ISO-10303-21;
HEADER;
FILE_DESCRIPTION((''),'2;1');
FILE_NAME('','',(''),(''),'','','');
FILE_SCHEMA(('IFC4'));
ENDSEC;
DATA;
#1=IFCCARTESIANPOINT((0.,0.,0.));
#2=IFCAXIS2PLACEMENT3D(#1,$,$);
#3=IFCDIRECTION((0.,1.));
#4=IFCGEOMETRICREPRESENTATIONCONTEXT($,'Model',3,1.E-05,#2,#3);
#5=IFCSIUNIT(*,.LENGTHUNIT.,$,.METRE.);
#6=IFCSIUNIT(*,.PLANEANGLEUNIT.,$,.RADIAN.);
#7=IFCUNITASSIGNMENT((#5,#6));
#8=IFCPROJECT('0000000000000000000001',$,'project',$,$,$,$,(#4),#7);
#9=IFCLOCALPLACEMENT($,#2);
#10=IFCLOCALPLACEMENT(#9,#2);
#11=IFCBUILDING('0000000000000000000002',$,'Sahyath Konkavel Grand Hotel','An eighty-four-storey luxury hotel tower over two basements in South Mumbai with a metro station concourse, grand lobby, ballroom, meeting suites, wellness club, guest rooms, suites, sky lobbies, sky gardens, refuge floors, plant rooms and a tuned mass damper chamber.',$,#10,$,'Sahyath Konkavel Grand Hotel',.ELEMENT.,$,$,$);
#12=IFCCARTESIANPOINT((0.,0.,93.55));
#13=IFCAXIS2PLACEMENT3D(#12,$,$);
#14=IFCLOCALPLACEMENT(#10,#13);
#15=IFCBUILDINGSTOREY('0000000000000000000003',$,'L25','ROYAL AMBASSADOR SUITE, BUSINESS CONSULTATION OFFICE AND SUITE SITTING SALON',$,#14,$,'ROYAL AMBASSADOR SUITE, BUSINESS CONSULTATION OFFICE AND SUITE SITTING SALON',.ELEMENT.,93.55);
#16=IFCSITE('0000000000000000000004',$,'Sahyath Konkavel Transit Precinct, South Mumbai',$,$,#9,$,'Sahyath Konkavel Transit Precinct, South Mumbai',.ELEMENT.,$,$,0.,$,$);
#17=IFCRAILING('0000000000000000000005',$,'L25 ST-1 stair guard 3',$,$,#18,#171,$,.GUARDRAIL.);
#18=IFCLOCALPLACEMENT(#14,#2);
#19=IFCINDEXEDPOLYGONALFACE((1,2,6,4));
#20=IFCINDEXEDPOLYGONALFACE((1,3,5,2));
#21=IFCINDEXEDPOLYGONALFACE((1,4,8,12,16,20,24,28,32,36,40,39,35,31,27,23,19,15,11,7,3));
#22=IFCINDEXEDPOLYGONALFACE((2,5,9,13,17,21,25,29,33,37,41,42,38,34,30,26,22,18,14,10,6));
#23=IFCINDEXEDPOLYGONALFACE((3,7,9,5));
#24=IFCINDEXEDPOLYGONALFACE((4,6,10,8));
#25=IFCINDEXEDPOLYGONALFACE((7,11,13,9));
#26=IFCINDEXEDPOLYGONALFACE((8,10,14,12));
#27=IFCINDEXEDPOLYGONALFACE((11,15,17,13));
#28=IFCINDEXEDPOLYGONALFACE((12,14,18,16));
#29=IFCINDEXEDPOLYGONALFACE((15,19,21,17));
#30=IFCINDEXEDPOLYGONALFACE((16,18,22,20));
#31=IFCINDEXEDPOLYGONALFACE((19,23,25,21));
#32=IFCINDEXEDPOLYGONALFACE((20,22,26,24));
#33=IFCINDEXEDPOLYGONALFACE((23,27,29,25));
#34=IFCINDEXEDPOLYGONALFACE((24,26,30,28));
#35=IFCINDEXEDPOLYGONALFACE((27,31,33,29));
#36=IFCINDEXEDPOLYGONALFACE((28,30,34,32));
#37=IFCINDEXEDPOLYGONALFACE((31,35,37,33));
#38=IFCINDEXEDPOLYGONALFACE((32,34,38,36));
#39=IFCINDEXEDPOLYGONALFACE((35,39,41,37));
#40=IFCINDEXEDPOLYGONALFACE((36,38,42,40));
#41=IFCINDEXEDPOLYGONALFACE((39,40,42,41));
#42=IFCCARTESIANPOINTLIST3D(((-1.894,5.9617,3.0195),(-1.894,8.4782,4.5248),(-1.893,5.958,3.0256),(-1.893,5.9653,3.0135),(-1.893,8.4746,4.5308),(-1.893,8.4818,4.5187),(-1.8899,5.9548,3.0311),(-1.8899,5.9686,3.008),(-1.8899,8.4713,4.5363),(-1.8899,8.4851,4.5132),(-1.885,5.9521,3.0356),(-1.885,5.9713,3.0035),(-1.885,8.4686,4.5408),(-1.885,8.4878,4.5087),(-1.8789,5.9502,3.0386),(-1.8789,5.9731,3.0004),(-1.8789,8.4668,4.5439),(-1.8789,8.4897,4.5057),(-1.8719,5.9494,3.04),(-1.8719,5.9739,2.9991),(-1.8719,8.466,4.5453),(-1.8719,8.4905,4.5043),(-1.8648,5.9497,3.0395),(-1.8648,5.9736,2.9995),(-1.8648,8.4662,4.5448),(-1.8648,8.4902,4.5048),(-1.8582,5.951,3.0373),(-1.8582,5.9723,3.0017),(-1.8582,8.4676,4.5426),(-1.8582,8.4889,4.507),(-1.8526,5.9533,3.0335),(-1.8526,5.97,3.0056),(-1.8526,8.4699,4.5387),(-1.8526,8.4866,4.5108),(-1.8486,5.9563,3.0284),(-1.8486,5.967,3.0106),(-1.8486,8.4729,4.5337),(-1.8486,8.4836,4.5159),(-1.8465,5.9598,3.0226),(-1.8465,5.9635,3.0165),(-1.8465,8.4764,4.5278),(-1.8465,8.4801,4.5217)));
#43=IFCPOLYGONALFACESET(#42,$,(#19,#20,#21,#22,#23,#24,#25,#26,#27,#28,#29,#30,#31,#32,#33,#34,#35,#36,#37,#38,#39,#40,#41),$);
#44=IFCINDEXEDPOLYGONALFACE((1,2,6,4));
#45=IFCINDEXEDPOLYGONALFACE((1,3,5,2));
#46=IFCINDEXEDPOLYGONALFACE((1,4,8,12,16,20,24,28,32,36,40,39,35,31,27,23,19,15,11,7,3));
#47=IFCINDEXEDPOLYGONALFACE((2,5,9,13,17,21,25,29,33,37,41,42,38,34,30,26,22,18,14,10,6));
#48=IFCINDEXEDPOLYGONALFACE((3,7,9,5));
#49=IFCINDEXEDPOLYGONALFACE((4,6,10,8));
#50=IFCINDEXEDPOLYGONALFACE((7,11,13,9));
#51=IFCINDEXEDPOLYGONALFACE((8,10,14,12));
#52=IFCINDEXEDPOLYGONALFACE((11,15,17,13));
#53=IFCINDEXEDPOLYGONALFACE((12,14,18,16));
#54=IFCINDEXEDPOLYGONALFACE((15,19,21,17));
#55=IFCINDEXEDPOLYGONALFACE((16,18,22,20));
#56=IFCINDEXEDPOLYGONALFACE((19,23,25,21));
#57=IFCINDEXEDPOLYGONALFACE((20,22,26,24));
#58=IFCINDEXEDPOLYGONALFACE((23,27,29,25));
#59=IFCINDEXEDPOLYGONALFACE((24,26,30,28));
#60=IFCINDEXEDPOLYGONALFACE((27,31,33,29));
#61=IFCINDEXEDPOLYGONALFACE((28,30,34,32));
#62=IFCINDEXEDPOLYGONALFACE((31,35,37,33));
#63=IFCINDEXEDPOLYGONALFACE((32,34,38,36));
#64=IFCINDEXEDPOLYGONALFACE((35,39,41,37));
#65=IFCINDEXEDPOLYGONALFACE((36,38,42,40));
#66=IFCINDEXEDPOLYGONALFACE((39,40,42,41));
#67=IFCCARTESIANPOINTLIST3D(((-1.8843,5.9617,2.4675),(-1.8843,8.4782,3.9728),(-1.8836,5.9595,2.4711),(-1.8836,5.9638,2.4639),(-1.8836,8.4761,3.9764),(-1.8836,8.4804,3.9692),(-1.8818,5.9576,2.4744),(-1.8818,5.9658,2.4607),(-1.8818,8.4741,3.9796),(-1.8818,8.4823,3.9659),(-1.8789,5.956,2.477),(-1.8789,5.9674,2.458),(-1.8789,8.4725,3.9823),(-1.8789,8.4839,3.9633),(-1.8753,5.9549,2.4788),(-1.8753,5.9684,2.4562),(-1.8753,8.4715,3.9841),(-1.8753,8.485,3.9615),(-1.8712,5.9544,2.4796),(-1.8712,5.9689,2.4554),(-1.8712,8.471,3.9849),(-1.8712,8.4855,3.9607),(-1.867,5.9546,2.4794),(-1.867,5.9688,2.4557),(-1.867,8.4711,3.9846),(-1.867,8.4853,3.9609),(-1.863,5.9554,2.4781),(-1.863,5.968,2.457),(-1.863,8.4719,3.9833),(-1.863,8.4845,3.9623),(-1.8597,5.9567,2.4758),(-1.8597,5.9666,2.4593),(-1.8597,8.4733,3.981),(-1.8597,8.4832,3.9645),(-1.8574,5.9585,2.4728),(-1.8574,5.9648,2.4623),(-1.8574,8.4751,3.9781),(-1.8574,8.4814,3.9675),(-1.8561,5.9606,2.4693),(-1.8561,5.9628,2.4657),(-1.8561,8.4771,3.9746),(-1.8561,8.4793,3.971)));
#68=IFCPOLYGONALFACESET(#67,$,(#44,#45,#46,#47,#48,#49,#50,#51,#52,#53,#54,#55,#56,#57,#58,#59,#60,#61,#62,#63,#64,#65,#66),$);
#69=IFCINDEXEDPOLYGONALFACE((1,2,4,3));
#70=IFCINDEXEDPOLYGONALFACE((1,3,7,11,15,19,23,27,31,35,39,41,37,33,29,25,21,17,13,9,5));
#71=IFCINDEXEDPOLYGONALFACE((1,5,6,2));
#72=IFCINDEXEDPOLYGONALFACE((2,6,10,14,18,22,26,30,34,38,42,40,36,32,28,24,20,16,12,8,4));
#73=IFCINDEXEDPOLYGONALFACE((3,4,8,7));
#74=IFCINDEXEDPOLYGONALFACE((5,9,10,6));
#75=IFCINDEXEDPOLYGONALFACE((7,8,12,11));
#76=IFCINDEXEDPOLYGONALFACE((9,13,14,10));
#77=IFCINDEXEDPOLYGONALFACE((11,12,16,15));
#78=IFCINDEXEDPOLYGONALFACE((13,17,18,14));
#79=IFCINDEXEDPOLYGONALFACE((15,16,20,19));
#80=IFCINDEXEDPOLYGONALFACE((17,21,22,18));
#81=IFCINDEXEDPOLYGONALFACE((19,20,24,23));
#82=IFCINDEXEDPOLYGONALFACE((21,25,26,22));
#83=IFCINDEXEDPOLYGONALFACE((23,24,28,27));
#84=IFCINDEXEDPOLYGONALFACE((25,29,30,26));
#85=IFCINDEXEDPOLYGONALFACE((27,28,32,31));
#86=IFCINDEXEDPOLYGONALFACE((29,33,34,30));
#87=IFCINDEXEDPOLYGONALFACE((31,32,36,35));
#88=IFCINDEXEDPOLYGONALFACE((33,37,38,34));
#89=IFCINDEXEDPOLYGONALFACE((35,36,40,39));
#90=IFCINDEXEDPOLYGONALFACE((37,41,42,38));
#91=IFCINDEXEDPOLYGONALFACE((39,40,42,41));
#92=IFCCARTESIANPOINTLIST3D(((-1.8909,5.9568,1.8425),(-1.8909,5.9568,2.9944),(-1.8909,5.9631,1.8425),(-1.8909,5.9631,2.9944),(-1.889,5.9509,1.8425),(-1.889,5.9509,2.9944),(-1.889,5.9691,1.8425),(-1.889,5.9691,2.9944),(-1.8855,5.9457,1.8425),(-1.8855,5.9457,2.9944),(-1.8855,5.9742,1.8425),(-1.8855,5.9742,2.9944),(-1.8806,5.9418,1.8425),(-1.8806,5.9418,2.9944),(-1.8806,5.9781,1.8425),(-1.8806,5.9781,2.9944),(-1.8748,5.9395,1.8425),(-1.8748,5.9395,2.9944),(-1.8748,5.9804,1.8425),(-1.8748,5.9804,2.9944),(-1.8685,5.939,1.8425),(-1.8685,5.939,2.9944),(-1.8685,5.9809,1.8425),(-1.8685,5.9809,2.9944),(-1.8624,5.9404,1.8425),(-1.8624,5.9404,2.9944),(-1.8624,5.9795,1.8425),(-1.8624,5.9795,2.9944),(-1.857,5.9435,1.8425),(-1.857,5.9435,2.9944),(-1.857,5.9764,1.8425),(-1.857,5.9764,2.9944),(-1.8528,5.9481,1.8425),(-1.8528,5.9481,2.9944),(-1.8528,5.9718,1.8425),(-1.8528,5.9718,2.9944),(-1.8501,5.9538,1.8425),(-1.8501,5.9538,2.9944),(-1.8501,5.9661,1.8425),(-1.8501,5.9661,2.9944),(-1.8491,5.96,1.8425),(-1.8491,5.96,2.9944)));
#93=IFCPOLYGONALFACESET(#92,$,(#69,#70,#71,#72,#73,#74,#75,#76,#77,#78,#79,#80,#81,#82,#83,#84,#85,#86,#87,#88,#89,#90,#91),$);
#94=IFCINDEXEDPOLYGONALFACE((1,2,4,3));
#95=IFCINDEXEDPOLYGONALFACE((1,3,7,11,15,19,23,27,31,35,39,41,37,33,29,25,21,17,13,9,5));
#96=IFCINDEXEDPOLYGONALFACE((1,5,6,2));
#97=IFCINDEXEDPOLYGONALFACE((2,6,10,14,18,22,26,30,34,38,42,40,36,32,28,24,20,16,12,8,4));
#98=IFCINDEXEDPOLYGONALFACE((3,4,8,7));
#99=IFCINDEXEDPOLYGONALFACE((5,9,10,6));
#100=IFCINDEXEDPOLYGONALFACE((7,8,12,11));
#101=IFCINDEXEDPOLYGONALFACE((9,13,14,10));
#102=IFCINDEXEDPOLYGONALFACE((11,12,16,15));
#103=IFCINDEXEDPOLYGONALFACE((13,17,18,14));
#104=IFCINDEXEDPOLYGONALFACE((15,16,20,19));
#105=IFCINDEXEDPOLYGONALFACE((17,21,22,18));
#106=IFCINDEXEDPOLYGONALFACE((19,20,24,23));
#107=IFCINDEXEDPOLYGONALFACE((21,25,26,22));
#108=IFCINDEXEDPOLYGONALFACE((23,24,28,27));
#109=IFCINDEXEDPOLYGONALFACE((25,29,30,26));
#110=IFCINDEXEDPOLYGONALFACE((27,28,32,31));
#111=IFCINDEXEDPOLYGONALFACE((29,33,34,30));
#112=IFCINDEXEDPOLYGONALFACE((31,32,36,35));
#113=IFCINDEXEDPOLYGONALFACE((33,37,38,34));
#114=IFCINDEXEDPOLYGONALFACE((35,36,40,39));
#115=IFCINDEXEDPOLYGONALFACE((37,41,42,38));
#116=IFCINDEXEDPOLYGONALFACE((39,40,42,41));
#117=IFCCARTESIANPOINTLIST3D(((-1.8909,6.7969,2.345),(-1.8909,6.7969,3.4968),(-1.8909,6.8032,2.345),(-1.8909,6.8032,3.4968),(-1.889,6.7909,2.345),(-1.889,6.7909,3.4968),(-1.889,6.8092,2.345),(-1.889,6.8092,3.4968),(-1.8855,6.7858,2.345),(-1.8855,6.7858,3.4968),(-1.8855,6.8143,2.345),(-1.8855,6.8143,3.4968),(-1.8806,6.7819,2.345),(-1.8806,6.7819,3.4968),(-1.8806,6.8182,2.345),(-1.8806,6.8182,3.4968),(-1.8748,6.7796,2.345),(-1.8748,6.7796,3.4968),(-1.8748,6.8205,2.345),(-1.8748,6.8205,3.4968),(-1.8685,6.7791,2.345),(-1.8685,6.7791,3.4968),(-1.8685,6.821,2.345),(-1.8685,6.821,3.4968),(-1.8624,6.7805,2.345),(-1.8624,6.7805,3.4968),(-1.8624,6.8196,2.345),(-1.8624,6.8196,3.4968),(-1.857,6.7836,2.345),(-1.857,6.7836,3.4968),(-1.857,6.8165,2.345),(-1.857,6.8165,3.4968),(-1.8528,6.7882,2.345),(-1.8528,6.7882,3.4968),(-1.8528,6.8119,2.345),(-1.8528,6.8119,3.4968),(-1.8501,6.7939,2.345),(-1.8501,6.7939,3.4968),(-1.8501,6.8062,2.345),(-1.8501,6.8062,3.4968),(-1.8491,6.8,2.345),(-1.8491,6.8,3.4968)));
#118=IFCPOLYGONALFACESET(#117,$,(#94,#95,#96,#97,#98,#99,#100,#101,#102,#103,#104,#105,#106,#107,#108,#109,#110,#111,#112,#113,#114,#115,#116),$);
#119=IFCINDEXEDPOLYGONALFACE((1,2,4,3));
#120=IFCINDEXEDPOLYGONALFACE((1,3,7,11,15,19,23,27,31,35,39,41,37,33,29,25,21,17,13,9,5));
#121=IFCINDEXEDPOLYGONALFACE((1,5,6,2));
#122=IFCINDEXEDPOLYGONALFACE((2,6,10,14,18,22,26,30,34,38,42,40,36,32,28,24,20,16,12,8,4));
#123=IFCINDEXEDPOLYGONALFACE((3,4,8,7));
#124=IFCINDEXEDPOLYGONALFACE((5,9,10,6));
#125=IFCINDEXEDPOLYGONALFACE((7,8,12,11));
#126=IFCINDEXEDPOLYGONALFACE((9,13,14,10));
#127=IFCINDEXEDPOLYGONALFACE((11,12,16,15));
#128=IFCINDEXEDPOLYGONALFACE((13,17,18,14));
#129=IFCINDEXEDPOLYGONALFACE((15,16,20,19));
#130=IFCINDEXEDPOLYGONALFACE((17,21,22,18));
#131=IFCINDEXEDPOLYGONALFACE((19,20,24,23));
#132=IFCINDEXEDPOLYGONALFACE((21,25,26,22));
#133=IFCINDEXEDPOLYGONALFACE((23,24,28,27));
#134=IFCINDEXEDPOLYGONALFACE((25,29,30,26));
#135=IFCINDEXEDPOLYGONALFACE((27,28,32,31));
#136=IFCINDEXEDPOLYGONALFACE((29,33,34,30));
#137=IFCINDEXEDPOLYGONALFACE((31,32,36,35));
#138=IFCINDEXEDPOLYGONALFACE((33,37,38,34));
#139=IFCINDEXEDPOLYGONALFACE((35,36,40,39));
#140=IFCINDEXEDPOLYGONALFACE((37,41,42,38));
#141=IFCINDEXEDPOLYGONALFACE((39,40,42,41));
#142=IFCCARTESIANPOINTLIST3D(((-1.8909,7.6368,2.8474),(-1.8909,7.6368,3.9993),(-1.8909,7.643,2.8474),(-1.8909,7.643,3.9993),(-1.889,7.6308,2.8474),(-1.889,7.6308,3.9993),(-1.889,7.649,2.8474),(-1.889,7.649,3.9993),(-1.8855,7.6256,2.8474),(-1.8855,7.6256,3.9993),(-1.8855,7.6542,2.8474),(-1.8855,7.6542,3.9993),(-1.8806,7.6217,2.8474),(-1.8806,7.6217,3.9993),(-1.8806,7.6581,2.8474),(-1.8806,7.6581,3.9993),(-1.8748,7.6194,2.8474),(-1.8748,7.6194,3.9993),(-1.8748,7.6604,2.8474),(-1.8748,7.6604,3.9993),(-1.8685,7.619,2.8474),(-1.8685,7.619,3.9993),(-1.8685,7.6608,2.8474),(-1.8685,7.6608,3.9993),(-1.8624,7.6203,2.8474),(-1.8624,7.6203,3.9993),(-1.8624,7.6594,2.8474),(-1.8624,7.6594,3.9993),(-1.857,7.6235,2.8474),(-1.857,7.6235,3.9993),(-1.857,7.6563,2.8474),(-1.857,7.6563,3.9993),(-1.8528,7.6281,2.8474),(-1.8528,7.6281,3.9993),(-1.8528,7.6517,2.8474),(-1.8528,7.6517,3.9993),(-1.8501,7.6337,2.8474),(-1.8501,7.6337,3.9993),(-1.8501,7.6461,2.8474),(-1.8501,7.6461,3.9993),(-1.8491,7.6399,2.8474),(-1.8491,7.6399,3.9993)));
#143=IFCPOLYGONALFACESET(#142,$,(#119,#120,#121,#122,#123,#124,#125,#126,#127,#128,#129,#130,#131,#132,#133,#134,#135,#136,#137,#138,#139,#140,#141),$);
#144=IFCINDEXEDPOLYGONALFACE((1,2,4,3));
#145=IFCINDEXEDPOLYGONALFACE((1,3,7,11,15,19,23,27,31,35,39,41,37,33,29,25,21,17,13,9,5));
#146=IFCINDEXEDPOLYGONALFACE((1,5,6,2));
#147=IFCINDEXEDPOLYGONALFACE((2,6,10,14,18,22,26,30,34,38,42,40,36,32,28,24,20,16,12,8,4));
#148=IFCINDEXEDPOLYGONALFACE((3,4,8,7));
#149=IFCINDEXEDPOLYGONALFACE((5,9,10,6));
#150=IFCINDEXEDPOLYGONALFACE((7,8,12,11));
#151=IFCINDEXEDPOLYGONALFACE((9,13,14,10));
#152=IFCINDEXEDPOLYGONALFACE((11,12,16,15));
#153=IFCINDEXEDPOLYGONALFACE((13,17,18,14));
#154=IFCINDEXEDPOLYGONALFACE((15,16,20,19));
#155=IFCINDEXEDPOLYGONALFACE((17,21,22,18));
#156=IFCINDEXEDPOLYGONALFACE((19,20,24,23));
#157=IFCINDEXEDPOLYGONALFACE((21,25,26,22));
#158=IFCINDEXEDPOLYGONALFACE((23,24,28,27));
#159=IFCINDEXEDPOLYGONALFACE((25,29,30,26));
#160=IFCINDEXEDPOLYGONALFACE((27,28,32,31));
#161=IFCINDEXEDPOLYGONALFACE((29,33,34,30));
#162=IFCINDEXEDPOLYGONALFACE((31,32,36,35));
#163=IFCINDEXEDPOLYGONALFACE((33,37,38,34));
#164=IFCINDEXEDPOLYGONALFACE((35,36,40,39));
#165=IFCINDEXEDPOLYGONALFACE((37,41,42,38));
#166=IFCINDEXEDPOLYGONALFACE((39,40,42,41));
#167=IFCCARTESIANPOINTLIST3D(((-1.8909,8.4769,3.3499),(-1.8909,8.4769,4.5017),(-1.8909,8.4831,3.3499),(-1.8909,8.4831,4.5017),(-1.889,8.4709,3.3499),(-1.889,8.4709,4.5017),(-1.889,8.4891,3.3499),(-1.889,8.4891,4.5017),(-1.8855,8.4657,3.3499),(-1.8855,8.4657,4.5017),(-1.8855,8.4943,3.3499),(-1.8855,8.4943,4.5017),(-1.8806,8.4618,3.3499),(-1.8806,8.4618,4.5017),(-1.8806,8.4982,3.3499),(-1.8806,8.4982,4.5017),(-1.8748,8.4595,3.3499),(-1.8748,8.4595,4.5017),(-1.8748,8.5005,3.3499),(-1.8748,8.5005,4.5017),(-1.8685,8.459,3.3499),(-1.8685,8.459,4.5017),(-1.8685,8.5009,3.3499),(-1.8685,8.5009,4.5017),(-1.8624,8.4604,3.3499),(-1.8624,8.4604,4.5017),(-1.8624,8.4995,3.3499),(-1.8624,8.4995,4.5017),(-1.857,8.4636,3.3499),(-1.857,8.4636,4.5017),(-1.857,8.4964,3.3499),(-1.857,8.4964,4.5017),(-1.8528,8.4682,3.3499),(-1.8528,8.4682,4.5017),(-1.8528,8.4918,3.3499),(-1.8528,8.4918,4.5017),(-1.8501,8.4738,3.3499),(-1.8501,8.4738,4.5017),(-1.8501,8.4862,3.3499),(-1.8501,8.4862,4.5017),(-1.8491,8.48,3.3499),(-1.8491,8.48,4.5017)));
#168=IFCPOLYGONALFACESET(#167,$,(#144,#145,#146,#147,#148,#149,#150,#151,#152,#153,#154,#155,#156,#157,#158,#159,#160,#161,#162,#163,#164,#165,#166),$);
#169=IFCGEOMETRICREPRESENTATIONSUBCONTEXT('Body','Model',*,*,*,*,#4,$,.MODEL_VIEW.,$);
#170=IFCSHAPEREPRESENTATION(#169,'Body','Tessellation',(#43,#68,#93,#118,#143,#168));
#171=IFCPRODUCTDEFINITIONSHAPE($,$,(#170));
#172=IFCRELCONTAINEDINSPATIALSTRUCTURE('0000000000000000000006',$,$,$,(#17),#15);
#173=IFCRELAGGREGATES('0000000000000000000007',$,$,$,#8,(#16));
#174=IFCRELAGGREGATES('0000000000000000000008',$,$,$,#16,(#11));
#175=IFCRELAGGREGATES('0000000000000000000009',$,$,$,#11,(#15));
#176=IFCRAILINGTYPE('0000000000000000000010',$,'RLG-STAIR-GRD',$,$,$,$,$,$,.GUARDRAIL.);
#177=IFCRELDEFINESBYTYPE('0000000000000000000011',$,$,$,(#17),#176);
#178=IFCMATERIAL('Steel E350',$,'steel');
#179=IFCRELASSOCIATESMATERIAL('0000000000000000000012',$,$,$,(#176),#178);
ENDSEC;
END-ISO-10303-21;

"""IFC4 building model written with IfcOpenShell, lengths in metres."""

from ifc_helpers import new_model, si_unit, direction, frame, origin, origin_2d, place, context, subcontext, project, spatial, circle, extrude, material, type_object, element, save


model = new_model("IFC4")

# Units and contexts
model_context = context("Model", 3, precision=1e-05, world=origin(), true_north=direction((0.0, 1.0)))
body_context = subcontext(model_context, "Body", "Model", "MODEL_VIEW")
ifc_project = project(units=[si_unit("LENGTHUNIT", "METRE"), si_unit("PLANEANGLEUNIT", "RADIAN")], contexts=[model_context])

# Site, building, storey
site_placement = place(None, origin())
site = spatial("IfcSite", under=ifc_project, at=site_placement, Name="Sahyath Konkavel Transit Precinct, South Mumbai", LongName="Sahyath Konkavel Transit Precinct, South Mumbai", CompositionType="ELEMENT", RefElevation=0.0)
building_placement = place(site_placement, origin())
building = spatial("IfcBuilding", under=site, at=building_placement, Name="Sahyath Konkavel Grand Hotel", Description="An eighty-four-storey luxury hotel tower over two basements in South Mumbai with a metro station concourse, grand lobby, ballroom, meeting suites, wellness club, guest rooms, suites, sky lobbies, sky gardens, refuge floors, plant rooms and a tuned mass damper chamber.", LongName="Sahyath Konkavel Grand Hotel", CompositionType="ELEMENT")
storey_placement = place(building_placement, frame((0.0, 0.0, 93.55)))
storey = spatial("IfcBuildingStorey", under=building, at=storey_placement, Name="L25", Description="ROYAL AMBASSADOR SUITE, BUSINESS CONSULTATION OFFICE AND SUITE SITTING SALON", LongName="ROYAL AMBASSADOR SUITE, BUSINESS CONSULTATION OFFICE AND SUITE SITTING SALON", CompositionType="ELEMENT", Elevation=93.55)

# Shared definitions
ifc_material_1 = material(Name="Steel E350", Category="steel")

# Railing
railing_type_1 = type_object("IfcRailingType", Name="RLG-STAIR-GRD", PredefinedType="GUARDRAIL", material=ifc_material_1)
railing_1_placement = place(storey_placement, frame((-1.8701, 5.96, 1.8425)))
element("IfcRailing", 1, at=railing_1_placement, inside=storey, type_object=railing_type_1, Name="L25 ST-1 stair guard 3", PredefinedType="GUARDRAIL", context=body_context, shape_type="SweptSolid", body=[
    extrude(circle(Radius=0.0239, at=origin_2d()), frame((0.0, 0.0017, 1.177), z_axis=(0.0, 0.858196, 0.513321), x_axis=(-1.0, 0.0, 0.0)), (0.0, 0.0, 1.0), 2.9324),
    extrude(circle(Radius=0.0142, at=origin_2d()), frame((0.0, 0.0017, 0.625), z_axis=(0.0, 0.858196, 0.513321), x_axis=(-1.0, 0.0, 0.0)), (0.0, 0.0, 1.0), 2.9324),
    extrude(circle(Radius=0.021, at=origin_2d()), origin(), (0.0, 0.0, 1.0), 1.1519),
    extrude(circle(Radius=0.021, at=origin_2d()), frame((0.0, 0.8401, 0.5024)), (0.0, 0.0, 1.0), 1.1519),
    extrude(circle(Radius=0.021, at=origin_2d()), frame((0.0, 1.6799, 1.0049)), (0.0, 0.0, 1.0), 1.1519),
    extrude(circle(Radius=0.021, at=origin_2d()), frame((0.0, 2.52, 1.5073)), (0.0, 0.0, 1.0), 1.1519),
])

save(model, "model.ifc")
